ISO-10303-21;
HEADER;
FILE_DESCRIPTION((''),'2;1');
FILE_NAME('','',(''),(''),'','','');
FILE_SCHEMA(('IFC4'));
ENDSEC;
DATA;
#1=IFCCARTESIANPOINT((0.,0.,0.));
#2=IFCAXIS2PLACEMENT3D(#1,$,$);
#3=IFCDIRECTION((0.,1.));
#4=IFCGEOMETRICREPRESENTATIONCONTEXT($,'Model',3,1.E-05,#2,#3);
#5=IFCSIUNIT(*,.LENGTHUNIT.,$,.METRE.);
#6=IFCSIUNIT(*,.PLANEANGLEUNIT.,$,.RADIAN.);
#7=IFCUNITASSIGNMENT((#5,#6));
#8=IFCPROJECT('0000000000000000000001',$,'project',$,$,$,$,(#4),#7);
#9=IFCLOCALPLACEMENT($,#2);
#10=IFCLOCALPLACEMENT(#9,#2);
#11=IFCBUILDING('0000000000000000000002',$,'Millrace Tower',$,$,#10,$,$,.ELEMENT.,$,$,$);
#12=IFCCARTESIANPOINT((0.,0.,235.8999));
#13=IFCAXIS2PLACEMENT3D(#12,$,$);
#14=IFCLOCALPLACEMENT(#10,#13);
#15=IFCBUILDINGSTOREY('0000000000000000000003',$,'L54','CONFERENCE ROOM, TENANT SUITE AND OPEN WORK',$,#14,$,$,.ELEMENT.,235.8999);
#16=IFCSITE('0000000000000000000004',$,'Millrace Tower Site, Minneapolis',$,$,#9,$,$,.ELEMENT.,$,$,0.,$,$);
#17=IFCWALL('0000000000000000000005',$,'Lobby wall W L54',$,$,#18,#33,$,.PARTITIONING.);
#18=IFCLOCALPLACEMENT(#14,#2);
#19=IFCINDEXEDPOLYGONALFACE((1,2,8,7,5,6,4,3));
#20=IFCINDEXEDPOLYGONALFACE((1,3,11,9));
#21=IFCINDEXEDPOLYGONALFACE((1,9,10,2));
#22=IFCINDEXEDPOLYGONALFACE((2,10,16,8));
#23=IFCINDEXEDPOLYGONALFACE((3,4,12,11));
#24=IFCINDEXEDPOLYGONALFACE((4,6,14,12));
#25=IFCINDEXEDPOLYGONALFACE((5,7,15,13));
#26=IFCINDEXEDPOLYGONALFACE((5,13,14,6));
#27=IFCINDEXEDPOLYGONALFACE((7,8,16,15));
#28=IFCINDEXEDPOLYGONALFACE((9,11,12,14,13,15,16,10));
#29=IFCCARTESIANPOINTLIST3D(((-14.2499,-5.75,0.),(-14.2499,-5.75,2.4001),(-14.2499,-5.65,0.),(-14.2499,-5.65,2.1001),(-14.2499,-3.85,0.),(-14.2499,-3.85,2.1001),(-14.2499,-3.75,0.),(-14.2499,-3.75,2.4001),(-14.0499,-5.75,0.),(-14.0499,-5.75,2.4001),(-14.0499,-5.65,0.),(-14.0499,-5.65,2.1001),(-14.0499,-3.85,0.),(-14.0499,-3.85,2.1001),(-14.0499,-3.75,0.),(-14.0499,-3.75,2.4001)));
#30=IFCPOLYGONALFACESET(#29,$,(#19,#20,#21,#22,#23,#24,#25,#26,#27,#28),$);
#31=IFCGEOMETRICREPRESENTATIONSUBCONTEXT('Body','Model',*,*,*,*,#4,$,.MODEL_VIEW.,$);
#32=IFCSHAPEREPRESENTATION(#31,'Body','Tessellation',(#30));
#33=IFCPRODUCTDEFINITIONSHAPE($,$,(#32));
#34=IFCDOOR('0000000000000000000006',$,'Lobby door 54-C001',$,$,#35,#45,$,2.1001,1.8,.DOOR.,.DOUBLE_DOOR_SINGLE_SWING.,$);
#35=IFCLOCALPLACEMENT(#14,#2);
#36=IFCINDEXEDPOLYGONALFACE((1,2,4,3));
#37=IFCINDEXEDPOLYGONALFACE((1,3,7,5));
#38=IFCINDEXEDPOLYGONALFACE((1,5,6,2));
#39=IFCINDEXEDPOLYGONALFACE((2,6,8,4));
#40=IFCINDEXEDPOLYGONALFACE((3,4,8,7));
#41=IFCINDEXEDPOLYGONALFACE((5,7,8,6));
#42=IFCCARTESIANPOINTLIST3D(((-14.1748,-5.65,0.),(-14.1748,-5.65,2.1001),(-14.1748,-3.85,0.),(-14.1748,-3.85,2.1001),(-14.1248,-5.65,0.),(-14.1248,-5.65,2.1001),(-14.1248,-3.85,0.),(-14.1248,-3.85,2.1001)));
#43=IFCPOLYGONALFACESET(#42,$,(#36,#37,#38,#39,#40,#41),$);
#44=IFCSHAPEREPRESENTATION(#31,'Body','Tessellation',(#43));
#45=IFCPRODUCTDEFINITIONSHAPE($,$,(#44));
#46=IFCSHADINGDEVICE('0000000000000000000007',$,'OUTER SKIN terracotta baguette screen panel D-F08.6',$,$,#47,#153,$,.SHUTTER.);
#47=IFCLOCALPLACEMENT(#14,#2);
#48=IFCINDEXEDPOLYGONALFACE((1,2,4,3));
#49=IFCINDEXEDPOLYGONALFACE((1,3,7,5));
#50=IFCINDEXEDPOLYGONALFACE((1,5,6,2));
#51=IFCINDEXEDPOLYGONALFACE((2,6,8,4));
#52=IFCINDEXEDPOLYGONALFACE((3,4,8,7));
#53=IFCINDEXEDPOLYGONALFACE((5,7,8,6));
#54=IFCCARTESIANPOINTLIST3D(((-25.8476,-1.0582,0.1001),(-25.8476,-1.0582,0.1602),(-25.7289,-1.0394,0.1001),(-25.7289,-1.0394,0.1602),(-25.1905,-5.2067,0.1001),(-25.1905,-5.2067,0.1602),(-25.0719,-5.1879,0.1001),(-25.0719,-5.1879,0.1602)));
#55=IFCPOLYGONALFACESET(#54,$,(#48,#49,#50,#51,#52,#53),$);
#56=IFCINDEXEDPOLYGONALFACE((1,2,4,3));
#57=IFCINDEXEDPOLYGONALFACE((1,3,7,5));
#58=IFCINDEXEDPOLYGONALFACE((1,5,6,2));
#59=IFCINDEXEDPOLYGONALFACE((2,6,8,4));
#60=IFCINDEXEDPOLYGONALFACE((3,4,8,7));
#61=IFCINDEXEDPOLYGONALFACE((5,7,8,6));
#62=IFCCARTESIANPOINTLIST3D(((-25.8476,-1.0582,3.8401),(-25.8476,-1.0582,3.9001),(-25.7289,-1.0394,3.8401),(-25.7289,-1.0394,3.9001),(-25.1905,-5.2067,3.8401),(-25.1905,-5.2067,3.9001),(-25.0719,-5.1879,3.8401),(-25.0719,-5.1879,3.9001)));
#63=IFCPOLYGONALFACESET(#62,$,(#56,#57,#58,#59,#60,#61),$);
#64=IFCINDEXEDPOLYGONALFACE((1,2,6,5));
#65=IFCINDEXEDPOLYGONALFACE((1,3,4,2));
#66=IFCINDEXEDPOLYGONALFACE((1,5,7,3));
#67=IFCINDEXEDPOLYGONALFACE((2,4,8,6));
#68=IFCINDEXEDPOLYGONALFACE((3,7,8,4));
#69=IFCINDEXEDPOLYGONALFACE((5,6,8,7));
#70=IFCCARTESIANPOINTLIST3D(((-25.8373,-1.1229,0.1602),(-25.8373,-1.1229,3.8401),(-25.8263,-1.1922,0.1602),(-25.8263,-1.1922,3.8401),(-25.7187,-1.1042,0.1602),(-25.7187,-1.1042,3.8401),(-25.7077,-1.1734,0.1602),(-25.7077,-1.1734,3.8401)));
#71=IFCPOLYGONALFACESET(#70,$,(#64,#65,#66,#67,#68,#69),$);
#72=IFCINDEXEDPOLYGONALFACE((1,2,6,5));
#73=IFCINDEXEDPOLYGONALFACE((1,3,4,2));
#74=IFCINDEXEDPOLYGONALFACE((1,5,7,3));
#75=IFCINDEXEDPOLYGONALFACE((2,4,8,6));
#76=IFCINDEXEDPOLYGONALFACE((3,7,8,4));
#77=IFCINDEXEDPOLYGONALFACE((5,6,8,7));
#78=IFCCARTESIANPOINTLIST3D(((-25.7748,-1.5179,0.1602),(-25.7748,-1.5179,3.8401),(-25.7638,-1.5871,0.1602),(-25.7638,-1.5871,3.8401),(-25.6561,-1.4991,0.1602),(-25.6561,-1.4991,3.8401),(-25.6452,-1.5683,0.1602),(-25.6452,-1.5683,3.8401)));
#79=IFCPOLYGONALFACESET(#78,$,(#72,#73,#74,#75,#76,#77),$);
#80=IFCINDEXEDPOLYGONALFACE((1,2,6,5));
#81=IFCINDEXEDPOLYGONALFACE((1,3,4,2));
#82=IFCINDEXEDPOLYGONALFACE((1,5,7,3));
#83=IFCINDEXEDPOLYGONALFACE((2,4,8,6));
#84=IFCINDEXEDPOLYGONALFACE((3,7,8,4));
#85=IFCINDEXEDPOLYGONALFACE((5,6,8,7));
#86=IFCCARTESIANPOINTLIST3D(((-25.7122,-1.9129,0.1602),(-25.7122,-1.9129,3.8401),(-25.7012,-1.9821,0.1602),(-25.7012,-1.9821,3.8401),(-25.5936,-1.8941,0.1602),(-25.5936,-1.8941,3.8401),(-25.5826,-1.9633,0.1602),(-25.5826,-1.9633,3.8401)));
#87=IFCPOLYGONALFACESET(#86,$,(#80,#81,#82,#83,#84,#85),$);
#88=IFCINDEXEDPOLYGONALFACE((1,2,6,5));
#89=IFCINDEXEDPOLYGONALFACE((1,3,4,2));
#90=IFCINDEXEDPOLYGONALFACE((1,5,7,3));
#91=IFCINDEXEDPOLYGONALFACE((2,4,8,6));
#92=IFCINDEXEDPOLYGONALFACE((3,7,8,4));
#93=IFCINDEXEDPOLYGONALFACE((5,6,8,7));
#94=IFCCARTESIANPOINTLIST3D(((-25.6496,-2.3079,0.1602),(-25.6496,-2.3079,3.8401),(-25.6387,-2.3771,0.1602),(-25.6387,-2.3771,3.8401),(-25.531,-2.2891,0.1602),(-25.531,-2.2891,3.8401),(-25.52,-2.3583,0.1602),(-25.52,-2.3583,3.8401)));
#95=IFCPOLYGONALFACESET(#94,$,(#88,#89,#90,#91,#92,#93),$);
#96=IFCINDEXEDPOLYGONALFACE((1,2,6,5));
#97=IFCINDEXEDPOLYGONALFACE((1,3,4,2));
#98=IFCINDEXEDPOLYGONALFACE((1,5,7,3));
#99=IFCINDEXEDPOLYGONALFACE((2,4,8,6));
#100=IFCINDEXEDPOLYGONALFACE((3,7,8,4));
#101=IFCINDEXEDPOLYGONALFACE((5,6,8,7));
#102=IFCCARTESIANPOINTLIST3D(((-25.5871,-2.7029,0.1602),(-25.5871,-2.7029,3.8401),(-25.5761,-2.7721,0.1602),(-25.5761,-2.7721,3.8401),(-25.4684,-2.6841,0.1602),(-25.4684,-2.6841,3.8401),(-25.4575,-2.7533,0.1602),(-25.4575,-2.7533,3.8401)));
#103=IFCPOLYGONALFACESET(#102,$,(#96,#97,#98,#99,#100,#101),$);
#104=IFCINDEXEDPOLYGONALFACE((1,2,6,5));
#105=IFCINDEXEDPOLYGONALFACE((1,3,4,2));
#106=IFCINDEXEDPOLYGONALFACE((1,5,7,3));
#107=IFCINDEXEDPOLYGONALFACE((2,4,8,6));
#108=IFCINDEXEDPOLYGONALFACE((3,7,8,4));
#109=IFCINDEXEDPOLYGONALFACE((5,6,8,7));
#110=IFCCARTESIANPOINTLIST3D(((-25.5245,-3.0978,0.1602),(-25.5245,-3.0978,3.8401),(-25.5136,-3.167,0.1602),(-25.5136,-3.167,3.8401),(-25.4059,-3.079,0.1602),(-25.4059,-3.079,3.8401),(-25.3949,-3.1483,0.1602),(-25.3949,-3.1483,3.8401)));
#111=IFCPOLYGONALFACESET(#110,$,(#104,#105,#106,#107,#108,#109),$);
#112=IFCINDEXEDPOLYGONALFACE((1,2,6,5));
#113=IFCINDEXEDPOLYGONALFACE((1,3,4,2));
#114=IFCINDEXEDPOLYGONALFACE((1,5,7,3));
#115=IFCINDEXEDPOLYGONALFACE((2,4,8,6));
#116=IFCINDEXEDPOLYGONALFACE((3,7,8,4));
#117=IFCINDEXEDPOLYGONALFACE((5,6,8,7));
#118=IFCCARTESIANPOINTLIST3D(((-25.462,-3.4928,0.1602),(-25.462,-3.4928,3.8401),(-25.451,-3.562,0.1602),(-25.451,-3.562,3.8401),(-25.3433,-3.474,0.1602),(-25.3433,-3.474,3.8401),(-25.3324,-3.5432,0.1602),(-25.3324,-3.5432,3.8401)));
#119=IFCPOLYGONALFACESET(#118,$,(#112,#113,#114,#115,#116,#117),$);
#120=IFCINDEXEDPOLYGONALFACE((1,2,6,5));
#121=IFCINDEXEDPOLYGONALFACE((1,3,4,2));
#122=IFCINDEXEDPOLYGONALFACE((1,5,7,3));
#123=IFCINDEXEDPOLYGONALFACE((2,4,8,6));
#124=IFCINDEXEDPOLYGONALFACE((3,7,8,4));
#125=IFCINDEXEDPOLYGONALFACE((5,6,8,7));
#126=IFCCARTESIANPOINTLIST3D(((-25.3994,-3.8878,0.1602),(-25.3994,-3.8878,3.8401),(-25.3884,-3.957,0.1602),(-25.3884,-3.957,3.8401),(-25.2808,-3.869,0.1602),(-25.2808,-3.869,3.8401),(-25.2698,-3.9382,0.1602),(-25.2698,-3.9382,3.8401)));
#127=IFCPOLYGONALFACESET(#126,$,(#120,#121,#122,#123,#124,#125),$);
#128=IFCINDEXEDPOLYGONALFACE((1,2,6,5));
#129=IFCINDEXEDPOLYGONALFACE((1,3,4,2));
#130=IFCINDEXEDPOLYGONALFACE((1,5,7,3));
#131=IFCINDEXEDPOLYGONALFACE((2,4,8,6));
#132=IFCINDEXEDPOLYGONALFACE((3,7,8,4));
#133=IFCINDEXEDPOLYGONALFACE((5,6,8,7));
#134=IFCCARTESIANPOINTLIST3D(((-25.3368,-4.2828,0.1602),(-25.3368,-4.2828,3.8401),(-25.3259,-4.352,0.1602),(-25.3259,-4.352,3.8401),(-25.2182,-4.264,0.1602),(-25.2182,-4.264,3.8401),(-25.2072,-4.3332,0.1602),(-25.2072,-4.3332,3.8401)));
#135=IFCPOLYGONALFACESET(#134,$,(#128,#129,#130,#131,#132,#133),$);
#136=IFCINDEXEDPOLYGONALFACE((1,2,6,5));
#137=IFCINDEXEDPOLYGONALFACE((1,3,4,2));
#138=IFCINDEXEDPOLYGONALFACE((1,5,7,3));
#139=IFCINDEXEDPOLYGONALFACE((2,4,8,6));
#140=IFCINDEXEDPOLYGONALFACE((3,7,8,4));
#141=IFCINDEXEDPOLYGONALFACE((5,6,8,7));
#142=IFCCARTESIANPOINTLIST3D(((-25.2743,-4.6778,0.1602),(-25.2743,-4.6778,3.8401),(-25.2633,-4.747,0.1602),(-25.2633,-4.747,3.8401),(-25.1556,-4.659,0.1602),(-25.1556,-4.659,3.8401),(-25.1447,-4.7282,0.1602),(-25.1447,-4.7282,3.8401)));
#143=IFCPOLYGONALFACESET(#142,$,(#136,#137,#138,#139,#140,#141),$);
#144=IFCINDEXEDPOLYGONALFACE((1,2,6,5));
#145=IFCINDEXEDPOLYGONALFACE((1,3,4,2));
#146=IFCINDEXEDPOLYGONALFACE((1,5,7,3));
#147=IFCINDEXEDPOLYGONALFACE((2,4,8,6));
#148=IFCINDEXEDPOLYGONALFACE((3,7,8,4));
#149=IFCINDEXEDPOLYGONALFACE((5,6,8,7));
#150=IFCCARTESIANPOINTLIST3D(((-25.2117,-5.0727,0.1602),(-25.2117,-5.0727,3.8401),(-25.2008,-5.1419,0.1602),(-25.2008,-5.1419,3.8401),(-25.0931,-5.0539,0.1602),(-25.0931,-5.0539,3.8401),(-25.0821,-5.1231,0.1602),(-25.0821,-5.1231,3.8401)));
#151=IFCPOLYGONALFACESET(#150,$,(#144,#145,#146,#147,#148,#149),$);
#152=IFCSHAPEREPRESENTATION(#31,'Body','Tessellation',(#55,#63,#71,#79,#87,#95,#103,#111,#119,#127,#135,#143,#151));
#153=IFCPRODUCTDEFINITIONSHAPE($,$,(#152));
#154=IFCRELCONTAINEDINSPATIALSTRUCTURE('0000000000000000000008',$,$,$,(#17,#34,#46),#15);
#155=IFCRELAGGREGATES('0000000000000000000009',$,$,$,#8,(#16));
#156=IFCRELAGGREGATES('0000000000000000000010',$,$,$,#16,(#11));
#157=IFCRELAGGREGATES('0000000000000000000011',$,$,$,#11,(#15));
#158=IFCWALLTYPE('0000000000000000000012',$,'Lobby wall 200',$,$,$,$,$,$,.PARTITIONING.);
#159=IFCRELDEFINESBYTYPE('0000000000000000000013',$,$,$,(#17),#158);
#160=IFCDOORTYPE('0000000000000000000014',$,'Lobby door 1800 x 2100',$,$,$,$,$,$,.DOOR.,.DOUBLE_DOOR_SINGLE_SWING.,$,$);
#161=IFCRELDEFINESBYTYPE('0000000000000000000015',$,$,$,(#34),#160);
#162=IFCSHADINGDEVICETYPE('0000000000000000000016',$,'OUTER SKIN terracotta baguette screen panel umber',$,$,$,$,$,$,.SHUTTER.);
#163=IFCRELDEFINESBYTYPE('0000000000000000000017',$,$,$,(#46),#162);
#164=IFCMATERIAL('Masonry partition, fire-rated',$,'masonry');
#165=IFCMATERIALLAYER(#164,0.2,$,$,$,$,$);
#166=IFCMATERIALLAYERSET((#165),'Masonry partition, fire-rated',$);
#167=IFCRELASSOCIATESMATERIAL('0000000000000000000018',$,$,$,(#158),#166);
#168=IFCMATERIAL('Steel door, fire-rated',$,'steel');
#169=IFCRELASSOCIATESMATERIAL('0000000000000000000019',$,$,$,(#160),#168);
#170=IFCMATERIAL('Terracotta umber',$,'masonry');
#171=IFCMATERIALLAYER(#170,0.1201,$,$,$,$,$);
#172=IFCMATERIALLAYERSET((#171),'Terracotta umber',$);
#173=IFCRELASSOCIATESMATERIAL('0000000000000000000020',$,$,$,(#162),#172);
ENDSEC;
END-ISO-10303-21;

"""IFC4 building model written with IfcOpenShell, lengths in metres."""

from ifc_helpers import new_model, entity, si_unit, direction, frame, frame_2d, origin, origin_2d, place, context, subcontext, project, spatial, rectangle, extrude, source, transform, mapped, material, layer, layer_set, type_object, element, fill, save


model = new_model("IFC4")

# Units and contexts
model_context = context("Model", 3, precision=1e-05, world=origin(), true_north=direction((0.0, 1.0)))
body_context = subcontext(model_context, "Body", "Model", "MODEL_VIEW")
ifc_project = project(units=[si_unit("LENGTHUNIT", "METRE"), si_unit("PLANEANGLEUNIT", "RADIAN")], contexts=[model_context])

# Site, building, storey
site_placement = place(None, origin())
site = spatial("IfcSite", under=ifc_project, at=site_placement, Name="Millrace Tower Site, Minneapolis", CompositionType="ELEMENT", RefElevation=0.0)
building_placement = place(site_placement, origin())
building = spatial("IfcBuilding", under=site, at=building_placement, Name="Millrace Tower", CompositionType="ELEMENT")
storey_placement = place(building_placement, frame((0.0, 0.0, 235.8999)))
storey = spatial("IfcBuildingStorey", under=building, at=storey_placement, Name="L54", Description="CONFERENCE ROOM, TENANT SUITE AND OPEN WORK", CompositionType="ELEMENT", Elevation=235.8999)

# Wall, opening, door
ifc_material_1 = material(Name="Masonry partition, fire-rated", Category="masonry")
ifc_layer_1 = layer(ifc_material_1, 0.2)
ifc_layer_set_1 = layer_set([ifc_layer_1], Name="Masonry partition, fire-rated")
wall_type_1 = type_object("IfcWallType", Name="Lobby wall 200", PredefinedType="PARTITIONING", material=ifc_layer_set_1)
wall_1_placement = place(storey_placement, frame((-14.1499, -5.75, 0.0), z_axis=(0.0, 0.0, 1.0), x_axis=(0.0, 1.0, 0.0)))
wall_1 = element("IfcWall", 1, at=wall_1_placement, inside=storey, type_object=wall_type_1, Name="Lobby wall W L54", PredefinedType="PARTITIONING", context=body_context, shape_type="SweptSolid", body=[
    extrude(rectangle(XDim=2.0, YDim=0.2, at=frame_2d((1.0, 0.0))), origin(), (0.0, 0.0, 1.0), 2.4001),
])
opening_1_placement = place(wall_1_placement, frame((0.1001, 0.0, 0.0)))
opening_1 = element("IfcOpeningElement", 2, at=opening_1_placement, cuts=wall_1, PredefinedType="OPENING", context=body_context, shape_type="SweptSolid", body=[
    extrude(rectangle(XDim=1.8, YDim=2.1001, at=frame_2d((0.8999, 1.05))), frame((0.0, 0.1099, 0.0), z_axis=(0.0, -1.0, 0.0), x_axis=(1.0, 0.0, 0.0)), (0.0, 0.0, 1.0), 0.22),
])
ifc_material_2 = material(Name="Steel door, fire-rated", Category="steel")
door_type_1 = type_object("IfcDoorType", Name="Lobby door 1800 x 2100", OperationType="DOUBLE_DOOR_SINGLE_SWING", PredefinedType="DOOR", material=ifc_material_2)
door_1_placement = place(opening_1_placement, origin())
door_1 = element("IfcDoor", 3, at=door_1_placement, inside=storey, type_object=door_type_1, Name="Lobby door 54-C001", OperationType="DOUBLE_DOOR_SINGLE_SWING", OverallHeight=2.1001, OverallWidth=1.8, PredefinedType="DOOR", context=body_context, shape_type="SweptSolid", body=[
    extrude(rectangle(XDim=1.8, YDim=2.1001, at=frame_2d((0.8999, 1.05))), frame((0.0, 0.0249, 0.0), z_axis=(0.0, -1.0, 0.0), x_axis=(1.0, 0.0, 0.0)), (0.0, 0.0, 1.0), 0.05),
])
fill(opening_1, door_1)

# Shading device
ifc_material_3 = material(Name="Terracotta umber", Category="masonry")
ifc_layer_2 = layer(ifc_material_3, 0.1201)
ifc_layer_set_2 = layer_set([ifc_layer_2], Name="Terracotta umber")
shading_device_type = type_object("IfcShadingDeviceType", Name="OUTER SKIN terracotta baguette screen panel umber", PredefinedType="SHUTTER", material=ifc_layer_set_2)
cartesian_point = entity("IfcCartesianPoint", [-2.1001, 0.0601])
shared_polyline = entity("IfcPolyline", [cartesian_point, entity("IfcCartesianPoint", [2.1001, 0.0601]), entity("IfcCartesianPoint", [2.1001, -0.0601]), entity("IfcCartesianPoint", [-2.1001, -0.0601]), cartesian_point])
shared_shape = source(origin(), body_context, "Body", "SweptSolid", [
    entity("IfcExtrudedAreaSolid", entity("IfcArbitraryClosedProfileDef", "AREA", None, shared_polyline), entity("IfcAxis2Placement3D", entity("IfcCartesianPoint", [0.0, 0.0, 0.0])), entity("IfcDirection", [0.0, 0.0, 1.0]), 0.0601),
    entity("IfcExtrudedAreaSolid", entity("IfcArbitraryClosedProfileDef", "AREA", None, shared_polyline), entity("IfcAxis2Placement3D", entity("IfcCartesianPoint", [0.0, 0.0, 3.74])), entity("IfcDirection", [0.0, 0.0, 1.0]), 0.0601),
    extrude(rectangle(XDim=0.0701, YDim=0.1201, at=frame_2d((-1.9995, 0.0))), frame((0.0, 0.0, 0.0601)), (0.0, 0.0, 1.0), 3.6799),
    extrude(rectangle(XDim=0.0701, YDim=0.1201, at=frame_2d((-1.5996, 0.0))), frame((0.0, 0.0, 0.0601)), (0.0, 0.0, 1.0), 3.6799),
    extrude(rectangle(XDim=0.0701, YDim=0.1201, at=frame_2d((-1.1997, 0.0))), frame((0.0, 0.0, 0.0601)), (0.0, 0.0, 1.0), 3.6799),
    extrude(rectangle(XDim=0.0701, YDim=0.1201, at=frame_2d((-0.7998, 0.0))), frame((0.0, 0.0, 0.0601)), (0.0, 0.0, 1.0), 3.6799),
    extrude(rectangle(XDim=0.0701, YDim=0.1201, at=frame_2d((-0.3999, 0.0))), frame((0.0, 0.0, 0.0601)), (0.0, 0.0, 1.0), 3.6799),
    extrude(rectangle(XDim=0.0701, YDim=0.1201, at=origin_2d()), frame((0.0, 0.0, 0.0601)), (0.0, 0.0, 1.0), 3.6799),
    extrude(rectangle(XDim=0.0701, YDim=0.1201, at=frame_2d((0.3999, 0.0))), frame((0.0, 0.0, 0.0601)), (0.0, 0.0, 1.0), 3.6799),
    extrude(rectangle(XDim=0.0701, YDim=0.1201, at=frame_2d((0.7998, 0.0))), frame((0.0, 0.0, 0.0601)), (0.0, 0.0, 1.0), 3.6799),
    extrude(rectangle(XDim=0.0701, YDim=0.1201, at=frame_2d((1.1997, 0.0))), frame((0.0, 0.0, 0.0601)), (0.0, 0.0, 1.0), 3.6799),
    extrude(rectangle(XDim=0.0701, YDim=0.1201, at=frame_2d((1.5996, 0.0))), frame((0.0, 0.0, 0.0601)), (0.0, 0.0, 1.0), 3.6799),
    extrude(rectangle(XDim=0.0701, YDim=0.1201, at=frame_2d((1.9995, 0.0))), frame((0.0, 0.0, 0.0601)), (0.0, 0.0, 1.0), 3.6799),
])
for number, where, z_axis, x_axis, name in (
    (4, (-25.4597, -3.123, 0.1001), (0.0, 0.0, 1.0), (0.156434, -0.987688, 0.0), "OUTER SKIN terracotta baguette screen panel D-F08.6"),
):
    element("IfcShadingDevice", number, at=place(storey_placement, frame(where, z_axis=z_axis, x_axis=x_axis)), inside=storey, type_object=shading_device_type, Name=name, PredefinedType="SHUTTER", context=body_context, shape_type="MappedRepresentation", body=[
        mapped(shared_shape, transform((0.0, 0.0, 0.0), scale=1.0)),
    ])

save(model, "model.ifc")
